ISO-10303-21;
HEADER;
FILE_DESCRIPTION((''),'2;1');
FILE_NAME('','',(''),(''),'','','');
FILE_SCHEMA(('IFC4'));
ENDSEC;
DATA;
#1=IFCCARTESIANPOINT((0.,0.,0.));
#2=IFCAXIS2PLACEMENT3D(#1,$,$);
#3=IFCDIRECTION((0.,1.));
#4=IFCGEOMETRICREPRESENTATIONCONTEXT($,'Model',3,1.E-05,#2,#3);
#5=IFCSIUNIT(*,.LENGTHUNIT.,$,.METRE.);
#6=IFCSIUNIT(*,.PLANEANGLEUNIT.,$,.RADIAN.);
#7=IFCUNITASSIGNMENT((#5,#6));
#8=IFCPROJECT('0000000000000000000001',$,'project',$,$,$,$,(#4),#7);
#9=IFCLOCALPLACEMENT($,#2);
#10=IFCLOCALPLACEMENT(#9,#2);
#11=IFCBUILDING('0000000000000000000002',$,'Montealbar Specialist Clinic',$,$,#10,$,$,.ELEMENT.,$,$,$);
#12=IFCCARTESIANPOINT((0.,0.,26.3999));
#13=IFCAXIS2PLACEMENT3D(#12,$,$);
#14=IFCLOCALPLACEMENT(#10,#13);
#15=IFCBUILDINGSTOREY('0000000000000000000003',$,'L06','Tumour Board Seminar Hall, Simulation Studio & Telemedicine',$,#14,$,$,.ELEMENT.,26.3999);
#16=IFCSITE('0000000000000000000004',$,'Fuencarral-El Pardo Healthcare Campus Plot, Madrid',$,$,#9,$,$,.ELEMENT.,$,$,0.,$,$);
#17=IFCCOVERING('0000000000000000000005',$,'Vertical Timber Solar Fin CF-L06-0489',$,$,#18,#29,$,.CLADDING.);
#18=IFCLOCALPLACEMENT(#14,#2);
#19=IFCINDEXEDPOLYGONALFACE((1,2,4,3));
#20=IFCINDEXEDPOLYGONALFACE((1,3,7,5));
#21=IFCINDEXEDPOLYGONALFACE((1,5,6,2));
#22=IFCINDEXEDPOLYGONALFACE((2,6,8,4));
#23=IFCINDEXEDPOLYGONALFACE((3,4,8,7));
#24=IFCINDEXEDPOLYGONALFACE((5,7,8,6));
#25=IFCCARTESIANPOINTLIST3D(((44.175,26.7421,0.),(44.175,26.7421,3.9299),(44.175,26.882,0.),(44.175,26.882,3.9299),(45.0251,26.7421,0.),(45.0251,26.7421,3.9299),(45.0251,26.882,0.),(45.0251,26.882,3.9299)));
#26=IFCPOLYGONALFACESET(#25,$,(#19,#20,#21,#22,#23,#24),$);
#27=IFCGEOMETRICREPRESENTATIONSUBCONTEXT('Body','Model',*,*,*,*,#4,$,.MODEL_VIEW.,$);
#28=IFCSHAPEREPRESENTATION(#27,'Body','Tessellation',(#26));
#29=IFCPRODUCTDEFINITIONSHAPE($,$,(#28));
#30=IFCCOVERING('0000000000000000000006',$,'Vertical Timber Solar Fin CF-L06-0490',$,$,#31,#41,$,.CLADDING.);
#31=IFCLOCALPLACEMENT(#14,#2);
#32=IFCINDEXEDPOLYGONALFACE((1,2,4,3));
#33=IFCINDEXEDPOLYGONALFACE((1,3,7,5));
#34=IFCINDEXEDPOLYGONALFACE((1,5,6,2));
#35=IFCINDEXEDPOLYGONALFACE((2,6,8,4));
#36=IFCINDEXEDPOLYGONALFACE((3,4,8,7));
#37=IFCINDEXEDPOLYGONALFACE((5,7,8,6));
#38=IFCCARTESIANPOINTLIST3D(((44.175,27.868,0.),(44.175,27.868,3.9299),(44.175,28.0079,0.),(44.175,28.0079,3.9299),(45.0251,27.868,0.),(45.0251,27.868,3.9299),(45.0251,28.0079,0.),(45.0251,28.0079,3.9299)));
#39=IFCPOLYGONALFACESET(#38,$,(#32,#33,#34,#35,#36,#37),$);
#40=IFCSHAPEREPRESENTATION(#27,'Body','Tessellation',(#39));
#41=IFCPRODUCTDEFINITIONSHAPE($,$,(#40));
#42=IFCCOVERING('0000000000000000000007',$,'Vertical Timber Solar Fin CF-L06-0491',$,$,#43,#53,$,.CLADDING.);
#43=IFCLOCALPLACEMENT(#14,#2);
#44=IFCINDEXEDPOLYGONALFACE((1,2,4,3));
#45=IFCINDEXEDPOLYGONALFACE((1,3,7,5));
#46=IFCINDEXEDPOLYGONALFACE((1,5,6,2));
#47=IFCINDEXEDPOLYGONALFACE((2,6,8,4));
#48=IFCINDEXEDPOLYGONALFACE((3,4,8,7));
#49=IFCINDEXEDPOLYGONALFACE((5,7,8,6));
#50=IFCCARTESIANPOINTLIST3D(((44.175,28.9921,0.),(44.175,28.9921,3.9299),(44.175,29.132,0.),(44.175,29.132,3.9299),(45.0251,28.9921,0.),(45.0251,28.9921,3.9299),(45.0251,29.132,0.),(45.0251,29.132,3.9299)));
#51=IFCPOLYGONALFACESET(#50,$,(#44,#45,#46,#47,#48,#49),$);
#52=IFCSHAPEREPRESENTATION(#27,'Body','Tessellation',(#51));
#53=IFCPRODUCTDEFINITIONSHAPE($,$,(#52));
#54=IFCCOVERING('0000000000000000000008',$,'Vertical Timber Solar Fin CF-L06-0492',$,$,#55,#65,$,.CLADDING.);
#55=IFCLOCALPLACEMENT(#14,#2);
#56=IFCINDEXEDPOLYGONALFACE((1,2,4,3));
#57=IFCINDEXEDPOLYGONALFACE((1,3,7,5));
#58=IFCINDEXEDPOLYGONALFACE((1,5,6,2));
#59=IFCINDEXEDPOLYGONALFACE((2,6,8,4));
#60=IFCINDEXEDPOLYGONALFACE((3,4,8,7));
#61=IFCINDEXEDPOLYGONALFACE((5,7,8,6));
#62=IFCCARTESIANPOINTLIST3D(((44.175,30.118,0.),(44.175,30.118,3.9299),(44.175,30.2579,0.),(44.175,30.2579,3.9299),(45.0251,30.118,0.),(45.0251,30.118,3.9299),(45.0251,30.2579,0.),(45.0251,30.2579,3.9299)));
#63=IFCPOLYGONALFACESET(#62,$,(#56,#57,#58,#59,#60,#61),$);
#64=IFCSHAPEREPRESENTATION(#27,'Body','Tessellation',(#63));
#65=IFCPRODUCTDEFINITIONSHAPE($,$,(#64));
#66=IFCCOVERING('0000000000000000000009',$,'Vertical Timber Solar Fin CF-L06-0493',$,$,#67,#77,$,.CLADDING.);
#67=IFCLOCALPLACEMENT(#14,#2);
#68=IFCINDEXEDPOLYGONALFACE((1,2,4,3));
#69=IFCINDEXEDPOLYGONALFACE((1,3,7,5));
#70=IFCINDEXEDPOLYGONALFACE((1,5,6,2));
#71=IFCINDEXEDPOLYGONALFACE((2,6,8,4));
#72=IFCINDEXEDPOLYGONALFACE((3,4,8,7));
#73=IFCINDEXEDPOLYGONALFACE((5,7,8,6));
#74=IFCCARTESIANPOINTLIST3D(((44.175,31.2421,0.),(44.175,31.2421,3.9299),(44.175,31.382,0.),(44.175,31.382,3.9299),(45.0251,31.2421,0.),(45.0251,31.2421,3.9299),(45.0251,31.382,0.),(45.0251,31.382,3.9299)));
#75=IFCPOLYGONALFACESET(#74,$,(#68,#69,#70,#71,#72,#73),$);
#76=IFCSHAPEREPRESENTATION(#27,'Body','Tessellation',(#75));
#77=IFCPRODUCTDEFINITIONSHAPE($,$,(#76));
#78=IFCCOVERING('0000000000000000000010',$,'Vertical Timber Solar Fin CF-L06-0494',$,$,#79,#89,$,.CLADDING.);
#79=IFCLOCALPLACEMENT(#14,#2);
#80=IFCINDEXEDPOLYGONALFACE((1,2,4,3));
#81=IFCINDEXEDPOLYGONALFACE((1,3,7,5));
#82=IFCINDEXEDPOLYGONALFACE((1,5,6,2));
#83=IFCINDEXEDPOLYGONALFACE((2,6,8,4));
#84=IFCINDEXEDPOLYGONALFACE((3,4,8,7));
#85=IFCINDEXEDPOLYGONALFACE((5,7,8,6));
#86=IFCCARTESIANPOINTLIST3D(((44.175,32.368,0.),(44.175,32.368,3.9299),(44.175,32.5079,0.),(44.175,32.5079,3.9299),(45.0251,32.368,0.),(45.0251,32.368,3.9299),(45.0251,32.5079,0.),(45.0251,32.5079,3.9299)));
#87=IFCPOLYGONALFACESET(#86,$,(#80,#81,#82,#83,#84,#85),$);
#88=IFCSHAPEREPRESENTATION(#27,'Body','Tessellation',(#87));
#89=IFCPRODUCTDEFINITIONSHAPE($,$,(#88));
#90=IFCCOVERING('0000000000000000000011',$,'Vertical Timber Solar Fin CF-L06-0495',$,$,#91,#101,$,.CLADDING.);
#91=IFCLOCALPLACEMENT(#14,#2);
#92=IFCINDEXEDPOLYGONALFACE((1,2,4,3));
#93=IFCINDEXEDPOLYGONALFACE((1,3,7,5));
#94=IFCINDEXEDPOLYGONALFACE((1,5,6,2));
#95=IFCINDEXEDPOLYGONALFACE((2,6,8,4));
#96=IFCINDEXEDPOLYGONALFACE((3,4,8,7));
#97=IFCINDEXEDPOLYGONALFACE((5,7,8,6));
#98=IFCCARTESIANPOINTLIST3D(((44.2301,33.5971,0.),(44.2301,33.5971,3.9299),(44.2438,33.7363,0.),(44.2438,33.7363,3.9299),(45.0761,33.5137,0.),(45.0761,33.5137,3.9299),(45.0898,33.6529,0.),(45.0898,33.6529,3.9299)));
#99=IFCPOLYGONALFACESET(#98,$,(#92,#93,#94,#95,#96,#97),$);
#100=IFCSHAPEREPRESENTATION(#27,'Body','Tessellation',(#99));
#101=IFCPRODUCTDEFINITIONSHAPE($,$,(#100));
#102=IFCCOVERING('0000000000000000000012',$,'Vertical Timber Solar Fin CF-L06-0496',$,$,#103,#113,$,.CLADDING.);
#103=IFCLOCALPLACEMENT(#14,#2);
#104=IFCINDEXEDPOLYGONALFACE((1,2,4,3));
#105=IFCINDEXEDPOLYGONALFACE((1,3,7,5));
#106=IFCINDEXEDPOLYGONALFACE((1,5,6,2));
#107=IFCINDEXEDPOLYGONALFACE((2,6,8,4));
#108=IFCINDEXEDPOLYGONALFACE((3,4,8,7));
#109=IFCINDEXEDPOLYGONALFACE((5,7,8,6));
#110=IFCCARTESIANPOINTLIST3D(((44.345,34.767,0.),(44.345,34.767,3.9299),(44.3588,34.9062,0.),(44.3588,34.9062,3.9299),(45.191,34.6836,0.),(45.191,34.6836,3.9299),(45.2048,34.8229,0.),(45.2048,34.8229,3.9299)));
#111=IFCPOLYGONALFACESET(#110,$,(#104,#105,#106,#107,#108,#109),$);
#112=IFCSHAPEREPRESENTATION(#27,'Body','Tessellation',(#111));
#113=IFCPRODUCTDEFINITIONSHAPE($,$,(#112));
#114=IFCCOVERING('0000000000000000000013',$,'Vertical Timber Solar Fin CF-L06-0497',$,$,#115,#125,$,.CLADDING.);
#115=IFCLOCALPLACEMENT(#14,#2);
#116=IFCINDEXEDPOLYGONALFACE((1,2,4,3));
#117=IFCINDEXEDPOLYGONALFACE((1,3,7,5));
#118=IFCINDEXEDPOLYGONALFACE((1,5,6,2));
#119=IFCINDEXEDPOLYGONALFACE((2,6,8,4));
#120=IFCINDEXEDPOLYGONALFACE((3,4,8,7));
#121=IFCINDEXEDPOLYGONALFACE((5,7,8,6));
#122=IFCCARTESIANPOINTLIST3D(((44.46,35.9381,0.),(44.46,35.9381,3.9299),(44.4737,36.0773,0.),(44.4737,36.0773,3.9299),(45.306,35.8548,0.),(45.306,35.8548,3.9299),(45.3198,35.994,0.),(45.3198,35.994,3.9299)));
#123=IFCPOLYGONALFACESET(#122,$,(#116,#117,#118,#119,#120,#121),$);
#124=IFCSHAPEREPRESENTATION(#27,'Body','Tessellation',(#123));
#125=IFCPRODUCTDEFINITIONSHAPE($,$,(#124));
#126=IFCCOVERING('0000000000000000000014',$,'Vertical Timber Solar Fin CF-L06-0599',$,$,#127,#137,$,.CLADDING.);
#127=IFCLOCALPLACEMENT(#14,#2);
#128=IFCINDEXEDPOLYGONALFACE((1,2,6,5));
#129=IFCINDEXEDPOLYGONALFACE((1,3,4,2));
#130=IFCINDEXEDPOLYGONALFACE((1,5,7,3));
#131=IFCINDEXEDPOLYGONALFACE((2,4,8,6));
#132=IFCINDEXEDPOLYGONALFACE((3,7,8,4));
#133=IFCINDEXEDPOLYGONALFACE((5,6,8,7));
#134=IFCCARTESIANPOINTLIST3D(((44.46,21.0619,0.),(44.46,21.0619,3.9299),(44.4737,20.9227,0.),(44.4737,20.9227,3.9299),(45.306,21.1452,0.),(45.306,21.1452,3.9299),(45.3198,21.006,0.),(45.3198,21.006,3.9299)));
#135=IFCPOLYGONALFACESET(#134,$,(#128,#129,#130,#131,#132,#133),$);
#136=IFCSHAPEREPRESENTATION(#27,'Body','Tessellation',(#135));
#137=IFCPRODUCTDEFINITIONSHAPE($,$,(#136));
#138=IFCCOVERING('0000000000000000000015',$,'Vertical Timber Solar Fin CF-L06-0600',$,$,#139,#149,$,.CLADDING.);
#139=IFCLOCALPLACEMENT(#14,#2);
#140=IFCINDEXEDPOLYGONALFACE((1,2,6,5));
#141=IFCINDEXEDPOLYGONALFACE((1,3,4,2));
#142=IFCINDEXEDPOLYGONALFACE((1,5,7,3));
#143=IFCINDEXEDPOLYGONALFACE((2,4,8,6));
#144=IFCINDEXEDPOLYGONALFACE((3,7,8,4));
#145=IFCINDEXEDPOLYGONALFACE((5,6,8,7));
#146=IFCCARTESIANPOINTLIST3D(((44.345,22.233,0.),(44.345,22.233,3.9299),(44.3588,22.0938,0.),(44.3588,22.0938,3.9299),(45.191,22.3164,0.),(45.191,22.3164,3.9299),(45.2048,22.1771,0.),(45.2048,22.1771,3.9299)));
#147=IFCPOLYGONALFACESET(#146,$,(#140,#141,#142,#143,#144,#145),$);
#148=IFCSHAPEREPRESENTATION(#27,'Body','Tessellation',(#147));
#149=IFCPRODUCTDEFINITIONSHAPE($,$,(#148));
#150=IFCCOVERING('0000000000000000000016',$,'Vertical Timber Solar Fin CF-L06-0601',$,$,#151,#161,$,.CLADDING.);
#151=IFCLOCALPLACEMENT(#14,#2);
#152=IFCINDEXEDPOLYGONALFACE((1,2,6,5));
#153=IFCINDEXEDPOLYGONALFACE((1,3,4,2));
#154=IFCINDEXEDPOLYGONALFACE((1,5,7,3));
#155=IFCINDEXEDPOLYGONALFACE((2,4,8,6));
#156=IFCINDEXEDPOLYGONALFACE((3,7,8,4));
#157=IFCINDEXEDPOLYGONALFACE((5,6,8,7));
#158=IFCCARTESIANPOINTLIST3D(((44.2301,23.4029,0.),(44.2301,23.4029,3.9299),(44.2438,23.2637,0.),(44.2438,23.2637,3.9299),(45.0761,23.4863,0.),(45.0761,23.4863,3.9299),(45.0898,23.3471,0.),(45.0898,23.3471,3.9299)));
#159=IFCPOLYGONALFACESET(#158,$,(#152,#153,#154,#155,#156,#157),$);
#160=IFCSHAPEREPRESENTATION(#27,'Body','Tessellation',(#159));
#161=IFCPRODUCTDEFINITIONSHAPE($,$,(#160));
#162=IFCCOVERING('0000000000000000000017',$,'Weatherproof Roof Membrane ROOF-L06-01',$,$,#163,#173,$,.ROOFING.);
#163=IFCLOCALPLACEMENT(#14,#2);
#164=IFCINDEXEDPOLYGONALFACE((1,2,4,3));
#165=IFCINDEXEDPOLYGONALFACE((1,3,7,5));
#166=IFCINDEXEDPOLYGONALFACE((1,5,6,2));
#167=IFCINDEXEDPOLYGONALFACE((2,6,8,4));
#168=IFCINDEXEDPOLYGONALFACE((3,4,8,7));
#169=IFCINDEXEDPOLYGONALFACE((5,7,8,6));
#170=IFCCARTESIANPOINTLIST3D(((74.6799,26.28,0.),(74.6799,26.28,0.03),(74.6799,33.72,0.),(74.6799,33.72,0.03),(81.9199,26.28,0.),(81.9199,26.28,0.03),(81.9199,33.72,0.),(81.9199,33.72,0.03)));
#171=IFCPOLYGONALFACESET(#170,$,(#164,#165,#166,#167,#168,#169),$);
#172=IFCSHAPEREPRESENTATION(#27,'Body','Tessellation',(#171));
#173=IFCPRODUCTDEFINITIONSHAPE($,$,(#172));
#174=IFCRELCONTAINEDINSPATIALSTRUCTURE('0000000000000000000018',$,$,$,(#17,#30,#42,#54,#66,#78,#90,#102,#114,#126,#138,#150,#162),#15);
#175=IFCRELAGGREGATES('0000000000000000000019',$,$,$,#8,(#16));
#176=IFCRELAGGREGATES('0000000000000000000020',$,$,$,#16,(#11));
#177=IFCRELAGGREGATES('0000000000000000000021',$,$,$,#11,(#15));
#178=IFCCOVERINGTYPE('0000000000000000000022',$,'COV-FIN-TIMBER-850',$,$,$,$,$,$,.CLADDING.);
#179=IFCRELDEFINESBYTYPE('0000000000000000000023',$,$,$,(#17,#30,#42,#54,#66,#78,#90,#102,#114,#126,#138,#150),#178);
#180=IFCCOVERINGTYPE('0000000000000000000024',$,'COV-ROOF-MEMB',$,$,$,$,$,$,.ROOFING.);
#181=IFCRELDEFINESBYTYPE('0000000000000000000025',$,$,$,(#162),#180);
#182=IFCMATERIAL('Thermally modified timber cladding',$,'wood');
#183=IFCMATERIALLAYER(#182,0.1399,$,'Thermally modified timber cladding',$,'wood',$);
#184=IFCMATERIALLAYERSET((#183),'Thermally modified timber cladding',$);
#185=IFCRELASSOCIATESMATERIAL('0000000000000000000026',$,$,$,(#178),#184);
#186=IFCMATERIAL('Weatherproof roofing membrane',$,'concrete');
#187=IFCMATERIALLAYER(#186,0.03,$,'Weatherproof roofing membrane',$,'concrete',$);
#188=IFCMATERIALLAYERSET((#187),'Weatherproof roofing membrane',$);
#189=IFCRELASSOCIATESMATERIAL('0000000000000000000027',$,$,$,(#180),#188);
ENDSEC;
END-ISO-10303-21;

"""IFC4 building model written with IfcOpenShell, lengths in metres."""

from ifc_helpers import new_model, si_unit, direction, frame, origin, origin_2d, place, context, subcontext, project, spatial, polyline, rectangle, outline, extrude, material, layer, layer_set, type_object, element, save


model = new_model("IFC4")

# Units and contexts
model_context = context("Model", 3, precision=1e-05, world=origin(), true_north=direction((0.0, 1.0)))
body_context = subcontext(model_context, "Body", "Model", "MODEL_VIEW")
ifc_project = project(units=[si_unit("LENGTHUNIT", "METRE"), si_unit("PLANEANGLEUNIT", "RADIAN")], contexts=[model_context])

# Site, building, storey
site_placement = place(None, origin())
site = spatial("IfcSite", under=ifc_project, at=site_placement, Name="Fuencarral-El Pardo Healthcare Campus Plot, Madrid", CompositionType="ELEMENT", RefElevation=0.0)
building_placement = place(site_placement, origin())
building = spatial("IfcBuilding", under=site, at=building_placement, Name="Montealbar Specialist Clinic", CompositionType="ELEMENT")
storey_placement = place(building_placement, frame((0.0, 0.0, 26.3999)))
storey = spatial("IfcBuildingStorey", under=building, at=storey_placement, Name="L06", Description="Tumour Board Seminar Hall, Simulation Studio & Telemedicine", CompositionType="ELEMENT", Elevation=26.3999)

# Shared definitions
ifc_material_1 = material(Name="Weatherproof roofing membrane", Category="concrete")

# Coverings
ifc_material_2 = material(Name="Thermally modified timber cladding", Category="wood")
ifc_layer_1 = layer(ifc_material_2, 0.1399, Name="Thermally modified timber cladding", Category="wood")
ifc_layer_set_1 = layer_set([ifc_layer_1], Name="Thermally modified timber cladding")
covering_type_1 = type_object("IfcCoveringType", Name="COV-FIN-TIMBER-850", PredefinedType="CLADDING", material=ifc_layer_set_1)
for number, where, z_axis, x_axis, name in (
    (1, (44.6001, 26.812, 0.0), (0.0, 0.0, 1.0), (-1.0, 0.0, 0.0), "Vertical Timber Solar Fin CF-L06-0489"),
    (2, (44.6001, 27.938, 0.0), (0.0, 0.0, 1.0), (-1.0, 0.0, 0.0), "Vertical Timber Solar Fin CF-L06-0490"),
    (3, (44.6001, 29.062, 0.0), (0.0, 0.0, 1.0), (-1.0, 0.0, 0.0), "Vertical Timber Solar Fin CF-L06-0491"),
    (4, (44.6001, 30.188, 0.0), (0.0, 0.0, 1.0), (-1.0, 0.0, 0.0), "Vertical Timber Solar Fin CF-L06-0492"),
    (5, (44.6001, 31.312, 0.0), (0.0, 0.0, 1.0), (-1.0, 0.0, 0.0), "Vertical Timber Solar Fin CF-L06-0493"),
    (6, (44.6001, 32.438, 0.0), (0.0, 0.0, 1.0), (-1.0, 0.0, 0.0), "Vertical Timber Solar Fin CF-L06-0494"),
    (7, (44.6599, 33.625, 0.0), (0.0, 0.0, 1.0), (-0.995182, 0.098045, 0.0), "Vertical Timber Solar Fin CF-L06-0495"),
    (8, (44.7749, 34.7949, 0.0), (0.0, 0.0, 1.0), (-0.995182, 0.098045, 0.0), "Vertical Timber Solar Fin CF-L06-0496"),
    (9, (44.8899, 35.9661, 0.0), (0.0, 0.0, 1.0), (-0.995182, 0.098045, 0.0), "Vertical Timber Solar Fin CF-L06-0497"),
    (10, (44.8899, 21.0339, 0.0), (0.0, 0.0, 1.0), (-0.995182, -0.098045, 0.0), "Vertical Timber Solar Fin CF-L06-0599"),
    (11, (44.7749, 22.2051, 0.0), (0.0, 0.0, 1.0), (-0.995182, -0.098045, 0.0), "Vertical Timber Solar Fin CF-L06-0600"),
    (12, (44.6599, 23.375, 0.0), (0.0, 0.0, 1.0), (-0.995182, -0.098045, 0.0), "Vertical Timber Solar Fin CF-L06-0601"),
):
    element("IfcCovering", number, at=place(storey_placement, frame(where, z_axis=z_axis, x_axis=x_axis)), inside=storey, type_object=covering_type_1, Name=name, PredefinedType="CLADDING", context=body_context, shape_type="SweptSolid", body=[
        extrude(rectangle(XDim=0.8501, YDim=0.1399, at=origin_2d()), origin(), (0.0, 0.0, 1.0), 3.9299),
    ])
ifc_layer_2 = layer(ifc_material_1, 0.03, Name="Weatherproof roofing membrane", Category="concrete")
ifc_layer_set_2 = layer_set([ifc_layer_2], Name="Weatherproof roofing membrane")
covering_type_2 = type_object("IfcCoveringType", Name="COV-ROOF-MEMB", PredefinedType="ROOFING", material=ifc_layer_set_2)
covering_1_placement = place(storey_placement, origin())
element("IfcCovering", 13, at=covering_1_placement, inside=storey, type_object=covering_type_2, Name="Weatherproof Roof Membrane ROOF-L06-01", PredefinedType="ROOFING", context=body_context, shape_type="SweptSolid", body=[
    extrude(outline(polyline([(74.6799, 33.72), (81.9199, 33.72), (81.9199, 26.28), (74.6799, 26.28), (74.6799, 33.72)])), origin(), (0.0, 0.0, 1.0), 0.03),
])

save(model, "model.ifc")
